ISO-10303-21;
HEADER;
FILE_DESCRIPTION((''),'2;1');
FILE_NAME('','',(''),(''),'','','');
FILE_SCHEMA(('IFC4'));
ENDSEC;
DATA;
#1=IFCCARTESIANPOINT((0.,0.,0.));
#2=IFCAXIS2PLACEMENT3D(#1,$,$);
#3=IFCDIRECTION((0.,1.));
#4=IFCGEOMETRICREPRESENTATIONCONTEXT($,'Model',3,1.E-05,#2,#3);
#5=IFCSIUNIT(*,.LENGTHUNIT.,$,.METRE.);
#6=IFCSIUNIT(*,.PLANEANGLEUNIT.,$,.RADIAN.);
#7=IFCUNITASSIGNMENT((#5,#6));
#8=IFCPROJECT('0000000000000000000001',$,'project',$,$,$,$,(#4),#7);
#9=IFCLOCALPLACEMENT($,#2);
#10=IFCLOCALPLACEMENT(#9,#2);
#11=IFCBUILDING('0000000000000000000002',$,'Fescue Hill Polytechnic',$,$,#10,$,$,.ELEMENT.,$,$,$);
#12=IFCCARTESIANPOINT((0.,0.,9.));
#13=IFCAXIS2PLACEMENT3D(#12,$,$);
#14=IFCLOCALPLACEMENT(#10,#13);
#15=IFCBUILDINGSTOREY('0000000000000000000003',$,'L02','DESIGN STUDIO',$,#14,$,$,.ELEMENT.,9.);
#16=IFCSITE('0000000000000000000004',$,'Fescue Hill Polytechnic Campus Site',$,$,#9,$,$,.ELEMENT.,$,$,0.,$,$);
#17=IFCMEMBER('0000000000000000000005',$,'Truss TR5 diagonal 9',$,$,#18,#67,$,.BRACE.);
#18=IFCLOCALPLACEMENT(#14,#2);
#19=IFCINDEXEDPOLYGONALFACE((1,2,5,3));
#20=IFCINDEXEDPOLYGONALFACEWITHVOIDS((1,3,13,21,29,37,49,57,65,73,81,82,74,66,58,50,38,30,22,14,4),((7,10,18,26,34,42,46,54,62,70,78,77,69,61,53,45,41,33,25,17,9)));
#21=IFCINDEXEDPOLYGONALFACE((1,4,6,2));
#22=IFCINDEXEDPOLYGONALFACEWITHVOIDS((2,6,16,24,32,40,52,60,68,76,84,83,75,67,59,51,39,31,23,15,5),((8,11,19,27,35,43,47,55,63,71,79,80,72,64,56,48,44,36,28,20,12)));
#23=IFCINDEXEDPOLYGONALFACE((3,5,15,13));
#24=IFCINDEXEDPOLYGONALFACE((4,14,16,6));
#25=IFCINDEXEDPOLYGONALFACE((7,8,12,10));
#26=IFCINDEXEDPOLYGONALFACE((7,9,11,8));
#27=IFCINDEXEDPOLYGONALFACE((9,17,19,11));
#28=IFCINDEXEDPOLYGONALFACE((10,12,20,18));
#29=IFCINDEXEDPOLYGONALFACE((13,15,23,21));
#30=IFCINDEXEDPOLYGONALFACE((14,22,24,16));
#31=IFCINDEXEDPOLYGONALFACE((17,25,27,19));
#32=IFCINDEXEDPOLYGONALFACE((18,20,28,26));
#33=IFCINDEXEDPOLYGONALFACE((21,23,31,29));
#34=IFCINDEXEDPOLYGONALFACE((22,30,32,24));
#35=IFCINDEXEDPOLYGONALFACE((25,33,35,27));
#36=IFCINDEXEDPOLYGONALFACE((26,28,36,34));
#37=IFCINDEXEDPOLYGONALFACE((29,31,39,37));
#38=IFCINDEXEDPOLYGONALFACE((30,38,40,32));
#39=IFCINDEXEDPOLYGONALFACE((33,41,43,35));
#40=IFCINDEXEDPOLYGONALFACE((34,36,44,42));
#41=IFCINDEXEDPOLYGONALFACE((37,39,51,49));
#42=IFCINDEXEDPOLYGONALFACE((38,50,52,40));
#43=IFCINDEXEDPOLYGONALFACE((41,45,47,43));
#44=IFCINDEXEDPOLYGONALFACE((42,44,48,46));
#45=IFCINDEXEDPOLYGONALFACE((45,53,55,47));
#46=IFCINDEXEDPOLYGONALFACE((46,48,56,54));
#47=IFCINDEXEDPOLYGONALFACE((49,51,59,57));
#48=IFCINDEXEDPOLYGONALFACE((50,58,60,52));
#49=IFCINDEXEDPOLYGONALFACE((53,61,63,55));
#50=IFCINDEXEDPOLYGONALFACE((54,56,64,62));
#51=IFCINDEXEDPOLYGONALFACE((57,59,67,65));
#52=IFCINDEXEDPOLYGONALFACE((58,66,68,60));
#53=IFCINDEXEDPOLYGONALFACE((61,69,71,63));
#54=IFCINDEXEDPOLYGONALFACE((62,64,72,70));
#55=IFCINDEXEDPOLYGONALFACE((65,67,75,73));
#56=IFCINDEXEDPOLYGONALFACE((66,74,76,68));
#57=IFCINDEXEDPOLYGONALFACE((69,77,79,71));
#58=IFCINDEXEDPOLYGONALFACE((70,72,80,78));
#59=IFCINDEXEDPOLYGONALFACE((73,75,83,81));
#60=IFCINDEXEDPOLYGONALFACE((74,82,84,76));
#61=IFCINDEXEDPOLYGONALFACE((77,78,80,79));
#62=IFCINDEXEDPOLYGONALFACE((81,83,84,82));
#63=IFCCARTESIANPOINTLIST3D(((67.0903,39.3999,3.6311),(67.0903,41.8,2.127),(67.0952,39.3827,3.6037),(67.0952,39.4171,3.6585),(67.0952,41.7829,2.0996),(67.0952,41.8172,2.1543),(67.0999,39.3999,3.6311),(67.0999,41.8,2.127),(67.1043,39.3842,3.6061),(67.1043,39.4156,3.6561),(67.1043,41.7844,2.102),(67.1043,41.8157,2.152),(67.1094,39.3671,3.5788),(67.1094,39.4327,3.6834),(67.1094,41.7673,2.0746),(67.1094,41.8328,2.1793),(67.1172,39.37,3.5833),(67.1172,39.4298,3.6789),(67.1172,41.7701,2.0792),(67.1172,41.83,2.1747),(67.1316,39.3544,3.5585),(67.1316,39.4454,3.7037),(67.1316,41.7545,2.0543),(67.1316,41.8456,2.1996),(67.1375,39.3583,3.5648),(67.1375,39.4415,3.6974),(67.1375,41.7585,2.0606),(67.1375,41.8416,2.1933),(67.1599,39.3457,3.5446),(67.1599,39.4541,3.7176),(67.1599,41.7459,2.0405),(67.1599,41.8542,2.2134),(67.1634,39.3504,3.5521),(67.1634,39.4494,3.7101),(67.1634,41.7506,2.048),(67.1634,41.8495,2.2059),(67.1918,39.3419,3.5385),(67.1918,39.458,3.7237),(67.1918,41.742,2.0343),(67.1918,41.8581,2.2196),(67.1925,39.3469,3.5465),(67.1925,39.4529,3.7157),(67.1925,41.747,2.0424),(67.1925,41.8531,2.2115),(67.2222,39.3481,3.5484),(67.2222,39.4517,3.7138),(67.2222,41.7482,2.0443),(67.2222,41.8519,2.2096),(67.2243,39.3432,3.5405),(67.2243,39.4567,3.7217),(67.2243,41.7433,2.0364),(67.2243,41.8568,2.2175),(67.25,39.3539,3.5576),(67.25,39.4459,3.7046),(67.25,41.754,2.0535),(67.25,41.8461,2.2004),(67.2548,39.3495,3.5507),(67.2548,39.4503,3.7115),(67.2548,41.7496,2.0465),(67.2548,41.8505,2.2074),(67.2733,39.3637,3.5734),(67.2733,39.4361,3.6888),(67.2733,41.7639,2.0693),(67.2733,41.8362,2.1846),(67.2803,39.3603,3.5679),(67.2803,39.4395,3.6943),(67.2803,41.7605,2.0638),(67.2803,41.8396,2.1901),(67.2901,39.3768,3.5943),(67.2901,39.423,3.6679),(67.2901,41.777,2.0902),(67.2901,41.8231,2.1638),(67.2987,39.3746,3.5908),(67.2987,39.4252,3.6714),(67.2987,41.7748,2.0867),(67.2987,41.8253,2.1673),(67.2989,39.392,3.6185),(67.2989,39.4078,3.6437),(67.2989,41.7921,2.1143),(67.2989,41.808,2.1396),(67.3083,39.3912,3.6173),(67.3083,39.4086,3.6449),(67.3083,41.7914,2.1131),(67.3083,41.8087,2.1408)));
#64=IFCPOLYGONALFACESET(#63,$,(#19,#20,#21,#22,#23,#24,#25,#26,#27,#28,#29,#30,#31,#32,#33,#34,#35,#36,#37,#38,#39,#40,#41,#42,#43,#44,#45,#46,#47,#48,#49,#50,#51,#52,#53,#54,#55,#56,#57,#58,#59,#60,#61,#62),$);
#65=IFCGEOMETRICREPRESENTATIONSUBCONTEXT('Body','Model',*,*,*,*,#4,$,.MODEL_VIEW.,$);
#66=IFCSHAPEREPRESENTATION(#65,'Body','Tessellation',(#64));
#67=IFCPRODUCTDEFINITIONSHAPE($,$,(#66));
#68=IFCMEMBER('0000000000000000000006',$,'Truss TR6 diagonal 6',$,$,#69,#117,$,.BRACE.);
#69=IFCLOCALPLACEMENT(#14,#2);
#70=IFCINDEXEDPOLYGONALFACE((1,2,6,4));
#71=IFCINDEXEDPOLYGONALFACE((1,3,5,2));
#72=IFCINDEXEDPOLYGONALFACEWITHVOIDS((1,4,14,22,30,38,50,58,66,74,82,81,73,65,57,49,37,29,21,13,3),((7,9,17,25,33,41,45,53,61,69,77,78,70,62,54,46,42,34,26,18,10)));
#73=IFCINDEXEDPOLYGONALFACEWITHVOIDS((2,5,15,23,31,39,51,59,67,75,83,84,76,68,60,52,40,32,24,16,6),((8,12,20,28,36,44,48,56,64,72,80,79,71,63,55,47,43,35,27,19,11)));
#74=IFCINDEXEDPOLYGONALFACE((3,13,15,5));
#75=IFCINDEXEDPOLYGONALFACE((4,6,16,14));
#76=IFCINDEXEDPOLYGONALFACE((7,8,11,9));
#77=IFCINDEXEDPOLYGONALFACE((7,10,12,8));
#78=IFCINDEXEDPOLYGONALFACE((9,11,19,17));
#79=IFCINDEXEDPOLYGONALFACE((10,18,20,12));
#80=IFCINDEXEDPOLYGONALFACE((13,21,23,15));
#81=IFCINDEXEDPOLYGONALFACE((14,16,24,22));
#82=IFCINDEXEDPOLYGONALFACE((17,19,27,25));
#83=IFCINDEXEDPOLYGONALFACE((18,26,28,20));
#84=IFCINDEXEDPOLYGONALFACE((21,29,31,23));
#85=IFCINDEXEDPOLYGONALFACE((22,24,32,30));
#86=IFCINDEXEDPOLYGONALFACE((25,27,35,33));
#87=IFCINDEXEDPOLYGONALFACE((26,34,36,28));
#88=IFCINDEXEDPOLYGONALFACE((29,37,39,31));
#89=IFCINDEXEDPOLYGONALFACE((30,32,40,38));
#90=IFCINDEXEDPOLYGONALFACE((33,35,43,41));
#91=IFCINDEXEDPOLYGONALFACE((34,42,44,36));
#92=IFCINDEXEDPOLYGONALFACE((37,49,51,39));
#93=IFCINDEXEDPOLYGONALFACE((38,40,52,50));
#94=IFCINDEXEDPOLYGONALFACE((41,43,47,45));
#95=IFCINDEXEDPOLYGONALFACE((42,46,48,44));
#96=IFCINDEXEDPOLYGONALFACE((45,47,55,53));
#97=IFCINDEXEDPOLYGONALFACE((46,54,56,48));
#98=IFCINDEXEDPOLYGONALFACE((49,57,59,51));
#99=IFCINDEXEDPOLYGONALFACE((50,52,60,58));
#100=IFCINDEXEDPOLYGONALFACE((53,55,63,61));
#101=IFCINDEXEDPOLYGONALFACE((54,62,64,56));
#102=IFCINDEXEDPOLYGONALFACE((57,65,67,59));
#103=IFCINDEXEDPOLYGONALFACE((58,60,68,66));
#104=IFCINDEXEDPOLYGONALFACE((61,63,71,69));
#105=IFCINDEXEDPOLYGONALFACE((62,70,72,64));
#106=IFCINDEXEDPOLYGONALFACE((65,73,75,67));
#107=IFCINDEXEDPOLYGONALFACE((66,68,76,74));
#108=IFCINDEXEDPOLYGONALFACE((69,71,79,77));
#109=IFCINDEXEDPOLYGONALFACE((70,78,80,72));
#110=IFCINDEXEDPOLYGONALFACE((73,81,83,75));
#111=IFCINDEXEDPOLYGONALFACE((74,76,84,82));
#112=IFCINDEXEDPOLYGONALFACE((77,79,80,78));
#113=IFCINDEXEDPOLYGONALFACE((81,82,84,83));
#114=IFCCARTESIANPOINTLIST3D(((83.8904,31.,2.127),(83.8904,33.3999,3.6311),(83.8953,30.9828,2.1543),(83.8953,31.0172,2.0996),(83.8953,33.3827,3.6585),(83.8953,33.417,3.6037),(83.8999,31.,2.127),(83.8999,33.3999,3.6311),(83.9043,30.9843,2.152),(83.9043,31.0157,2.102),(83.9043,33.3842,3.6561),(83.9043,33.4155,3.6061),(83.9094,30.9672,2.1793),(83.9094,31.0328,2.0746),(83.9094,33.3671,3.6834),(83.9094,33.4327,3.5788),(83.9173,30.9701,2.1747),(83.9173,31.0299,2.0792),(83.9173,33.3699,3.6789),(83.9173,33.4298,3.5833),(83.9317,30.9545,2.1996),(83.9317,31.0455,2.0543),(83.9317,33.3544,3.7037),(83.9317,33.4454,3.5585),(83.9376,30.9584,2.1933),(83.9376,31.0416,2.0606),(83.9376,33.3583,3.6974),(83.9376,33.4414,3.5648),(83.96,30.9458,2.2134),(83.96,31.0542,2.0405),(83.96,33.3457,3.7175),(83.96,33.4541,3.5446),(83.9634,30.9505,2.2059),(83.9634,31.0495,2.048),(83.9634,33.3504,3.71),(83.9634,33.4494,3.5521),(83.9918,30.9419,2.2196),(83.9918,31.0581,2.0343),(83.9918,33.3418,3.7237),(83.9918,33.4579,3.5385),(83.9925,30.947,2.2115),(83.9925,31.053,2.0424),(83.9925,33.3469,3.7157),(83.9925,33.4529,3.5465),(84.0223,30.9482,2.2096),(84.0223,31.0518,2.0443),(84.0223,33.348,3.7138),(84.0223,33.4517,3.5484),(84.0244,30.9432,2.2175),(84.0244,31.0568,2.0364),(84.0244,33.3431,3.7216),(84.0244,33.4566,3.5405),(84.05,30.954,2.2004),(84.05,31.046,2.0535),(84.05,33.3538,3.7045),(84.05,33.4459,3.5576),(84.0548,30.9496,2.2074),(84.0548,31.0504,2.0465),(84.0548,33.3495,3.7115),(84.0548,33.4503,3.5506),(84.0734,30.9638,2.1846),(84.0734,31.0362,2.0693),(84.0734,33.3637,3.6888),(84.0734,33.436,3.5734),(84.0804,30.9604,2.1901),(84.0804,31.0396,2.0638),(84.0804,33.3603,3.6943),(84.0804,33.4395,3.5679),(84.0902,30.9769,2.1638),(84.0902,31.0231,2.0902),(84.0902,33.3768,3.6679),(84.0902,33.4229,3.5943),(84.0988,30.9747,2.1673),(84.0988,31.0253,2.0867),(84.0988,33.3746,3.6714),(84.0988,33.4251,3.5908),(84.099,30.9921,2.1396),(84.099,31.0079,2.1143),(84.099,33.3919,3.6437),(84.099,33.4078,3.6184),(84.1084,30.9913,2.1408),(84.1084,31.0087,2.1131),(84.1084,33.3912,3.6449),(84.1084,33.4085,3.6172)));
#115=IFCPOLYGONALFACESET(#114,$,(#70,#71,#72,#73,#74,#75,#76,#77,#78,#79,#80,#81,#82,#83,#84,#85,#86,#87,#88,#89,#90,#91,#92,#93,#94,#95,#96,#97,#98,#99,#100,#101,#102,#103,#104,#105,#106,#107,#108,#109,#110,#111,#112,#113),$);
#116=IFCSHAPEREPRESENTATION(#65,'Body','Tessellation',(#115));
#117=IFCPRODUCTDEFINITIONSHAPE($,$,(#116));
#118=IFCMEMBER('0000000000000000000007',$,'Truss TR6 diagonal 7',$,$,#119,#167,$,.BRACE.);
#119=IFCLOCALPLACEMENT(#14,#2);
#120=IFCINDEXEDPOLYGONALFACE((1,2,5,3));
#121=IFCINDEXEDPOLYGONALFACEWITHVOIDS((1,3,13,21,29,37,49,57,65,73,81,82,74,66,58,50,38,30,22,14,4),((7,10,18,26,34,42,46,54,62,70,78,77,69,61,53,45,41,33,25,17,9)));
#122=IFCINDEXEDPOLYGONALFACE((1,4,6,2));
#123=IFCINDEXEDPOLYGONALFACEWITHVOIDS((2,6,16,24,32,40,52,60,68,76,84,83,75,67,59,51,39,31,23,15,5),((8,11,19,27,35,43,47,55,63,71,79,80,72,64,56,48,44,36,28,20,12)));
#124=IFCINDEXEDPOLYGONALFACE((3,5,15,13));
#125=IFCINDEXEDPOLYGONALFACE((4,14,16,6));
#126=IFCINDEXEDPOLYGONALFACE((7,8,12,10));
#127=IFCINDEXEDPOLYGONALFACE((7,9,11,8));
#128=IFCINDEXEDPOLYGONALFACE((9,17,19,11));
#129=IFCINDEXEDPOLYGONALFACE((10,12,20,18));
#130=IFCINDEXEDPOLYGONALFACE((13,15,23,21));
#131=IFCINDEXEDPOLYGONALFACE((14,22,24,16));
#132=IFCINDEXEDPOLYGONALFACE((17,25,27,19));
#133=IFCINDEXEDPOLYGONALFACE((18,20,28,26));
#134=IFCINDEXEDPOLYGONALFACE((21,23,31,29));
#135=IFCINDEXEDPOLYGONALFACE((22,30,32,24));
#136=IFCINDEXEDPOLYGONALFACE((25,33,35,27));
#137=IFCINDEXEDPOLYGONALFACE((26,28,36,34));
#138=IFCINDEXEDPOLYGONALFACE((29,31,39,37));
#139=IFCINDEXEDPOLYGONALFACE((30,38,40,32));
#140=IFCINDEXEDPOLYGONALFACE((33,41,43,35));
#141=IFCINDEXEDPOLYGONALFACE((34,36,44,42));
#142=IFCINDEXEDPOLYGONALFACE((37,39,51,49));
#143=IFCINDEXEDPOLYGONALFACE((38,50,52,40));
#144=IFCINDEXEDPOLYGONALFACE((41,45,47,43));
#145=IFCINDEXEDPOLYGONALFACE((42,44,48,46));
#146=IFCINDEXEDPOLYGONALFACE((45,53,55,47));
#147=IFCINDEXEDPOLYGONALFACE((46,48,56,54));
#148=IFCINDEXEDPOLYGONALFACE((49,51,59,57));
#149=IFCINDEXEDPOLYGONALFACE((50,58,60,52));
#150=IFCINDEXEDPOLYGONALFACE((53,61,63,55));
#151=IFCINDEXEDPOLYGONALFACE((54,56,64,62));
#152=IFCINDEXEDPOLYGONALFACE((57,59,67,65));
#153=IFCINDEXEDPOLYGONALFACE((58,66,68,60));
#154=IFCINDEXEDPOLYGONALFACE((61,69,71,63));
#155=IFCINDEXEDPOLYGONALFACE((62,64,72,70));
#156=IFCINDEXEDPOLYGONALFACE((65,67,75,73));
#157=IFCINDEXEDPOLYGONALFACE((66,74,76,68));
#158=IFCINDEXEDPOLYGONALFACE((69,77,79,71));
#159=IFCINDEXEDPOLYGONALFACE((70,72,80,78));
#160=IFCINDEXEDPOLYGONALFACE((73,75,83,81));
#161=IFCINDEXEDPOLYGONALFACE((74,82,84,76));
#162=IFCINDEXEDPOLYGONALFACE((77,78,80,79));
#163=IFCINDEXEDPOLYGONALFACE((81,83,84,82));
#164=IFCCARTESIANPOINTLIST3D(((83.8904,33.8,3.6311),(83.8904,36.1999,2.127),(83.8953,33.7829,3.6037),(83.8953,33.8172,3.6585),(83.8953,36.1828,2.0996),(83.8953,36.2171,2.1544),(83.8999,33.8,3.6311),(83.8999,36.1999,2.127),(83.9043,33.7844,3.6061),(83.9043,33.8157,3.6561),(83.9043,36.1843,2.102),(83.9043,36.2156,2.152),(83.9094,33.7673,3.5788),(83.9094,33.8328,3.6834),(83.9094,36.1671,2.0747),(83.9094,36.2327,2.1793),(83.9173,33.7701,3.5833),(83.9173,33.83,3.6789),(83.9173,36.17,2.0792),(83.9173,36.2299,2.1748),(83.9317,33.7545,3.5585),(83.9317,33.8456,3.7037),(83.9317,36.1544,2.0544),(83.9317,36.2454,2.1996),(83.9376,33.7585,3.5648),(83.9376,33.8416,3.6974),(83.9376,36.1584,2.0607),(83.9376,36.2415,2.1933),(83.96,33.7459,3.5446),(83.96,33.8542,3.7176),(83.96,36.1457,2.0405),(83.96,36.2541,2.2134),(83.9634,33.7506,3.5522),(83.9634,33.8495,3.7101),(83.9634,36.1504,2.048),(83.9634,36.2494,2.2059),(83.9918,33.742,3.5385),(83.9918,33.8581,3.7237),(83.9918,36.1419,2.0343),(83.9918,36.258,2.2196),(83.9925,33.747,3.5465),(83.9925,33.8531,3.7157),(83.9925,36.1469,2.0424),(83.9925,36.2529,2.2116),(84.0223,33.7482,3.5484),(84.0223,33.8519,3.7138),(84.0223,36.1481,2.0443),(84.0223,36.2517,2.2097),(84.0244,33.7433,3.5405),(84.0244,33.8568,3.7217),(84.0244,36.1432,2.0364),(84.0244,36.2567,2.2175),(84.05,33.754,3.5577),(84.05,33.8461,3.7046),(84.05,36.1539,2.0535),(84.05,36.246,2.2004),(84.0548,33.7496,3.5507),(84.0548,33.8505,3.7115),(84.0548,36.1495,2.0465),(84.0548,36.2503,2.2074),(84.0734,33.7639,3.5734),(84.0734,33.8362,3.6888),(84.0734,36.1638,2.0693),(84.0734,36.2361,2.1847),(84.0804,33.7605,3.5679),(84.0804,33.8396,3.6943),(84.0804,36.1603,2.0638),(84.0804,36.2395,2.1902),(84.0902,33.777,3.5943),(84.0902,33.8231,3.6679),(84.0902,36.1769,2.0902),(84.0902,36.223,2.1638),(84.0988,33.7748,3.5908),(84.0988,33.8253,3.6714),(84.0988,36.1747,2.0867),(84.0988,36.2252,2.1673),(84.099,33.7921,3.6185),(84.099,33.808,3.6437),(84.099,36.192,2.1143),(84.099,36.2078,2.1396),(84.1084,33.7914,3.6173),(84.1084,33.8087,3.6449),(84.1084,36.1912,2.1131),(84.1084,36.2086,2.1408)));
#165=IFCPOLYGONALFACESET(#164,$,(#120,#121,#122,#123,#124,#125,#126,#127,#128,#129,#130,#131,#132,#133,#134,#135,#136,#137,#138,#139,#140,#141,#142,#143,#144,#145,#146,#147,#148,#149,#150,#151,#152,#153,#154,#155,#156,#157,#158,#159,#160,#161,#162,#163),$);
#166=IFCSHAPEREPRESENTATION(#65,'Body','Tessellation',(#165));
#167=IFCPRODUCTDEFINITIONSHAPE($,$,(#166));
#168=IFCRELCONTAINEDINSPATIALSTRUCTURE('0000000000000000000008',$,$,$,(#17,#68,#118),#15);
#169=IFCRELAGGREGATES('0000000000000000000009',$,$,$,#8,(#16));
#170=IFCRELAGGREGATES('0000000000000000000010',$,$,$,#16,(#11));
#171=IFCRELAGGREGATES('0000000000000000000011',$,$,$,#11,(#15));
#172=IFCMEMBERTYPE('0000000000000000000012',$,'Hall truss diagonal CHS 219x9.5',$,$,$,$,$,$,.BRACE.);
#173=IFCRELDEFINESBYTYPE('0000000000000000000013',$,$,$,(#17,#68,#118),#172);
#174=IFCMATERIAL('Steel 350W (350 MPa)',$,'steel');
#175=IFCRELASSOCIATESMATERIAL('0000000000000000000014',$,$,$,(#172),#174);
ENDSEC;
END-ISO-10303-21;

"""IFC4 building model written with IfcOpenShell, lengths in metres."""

from ifc_helpers import new_model, si_unit, direction, frame, origin, origin_2d, place, context, subcontext, project, spatial, hollow_circle, extrude, material, material_profile, profile_set, type_object, element, save


model = new_model("IFC4")

# Units and contexts
model_context = context("Model", 3, precision=1e-05, world=origin(), true_north=direction((0.0, 1.0)))
body_context = subcontext(model_context, "Body", "Model", "MODEL_VIEW")
ifc_project = project(units=[si_unit("LENGTHUNIT", "METRE"), si_unit("PLANEANGLEUNIT", "RADIAN")], contexts=[model_context])

# Site, building, storey
site_placement = place(None, origin())
site = spatial("IfcSite", under=ifc_project, at=site_placement, Name="Fescue Hill Polytechnic Campus Site", CompositionType="ELEMENT", RefElevation=0.0)
building_placement = place(site_placement, origin())
building = spatial("IfcBuilding", under=site, at=building_placement, Name="Fescue Hill Polytechnic", CompositionType="ELEMENT")
storey_placement = place(building_placement, frame((0.0, 0.0, 9.0)))
storey = spatial("IfcBuildingStorey", under=building, at=storey_placement, Name="L02", Description="DESIGN STUDIO", CompositionType="ELEMENT", Elevation=9.0)

# Members
ifc_material = material(Name="Steel 350W (350 MPa)", Category="steel")
ifc_material_profile_1 = material_profile(ifc_material, hollow_circle(Radius=0.1096, WallThickness=0.0095, at=origin_2d()), Name="Hall truss diagonal CHS 219x9.5")
ifc_profile_set_1 = profile_set([ifc_material_profile_1], Name="Steel 350W (350 MPa)")
member_type_1 = type_object("IfcMemberType", Name="Hall truss diagonal CHS 219x9.5", PredefinedType="BRACE", material=ifc_profile_set_1)
member_1_placement = place(storey_placement, frame((67.2, 39.3999, 3.6311), z_axis=(0.0, 0.847354, -0.531029), x_axis=(-1.0, 0.0, 0.0)))
element("IfcMember", 1, at=member_1_placement, inside=storey, type_object=member_type_1, Name="Truss TR5 diagonal 9", PredefinedType="BRACE", context=body_context, shape_type="SweptSolid", body=[
    extrude(hollow_circle(Radius=0.1096, WallThickness=0.0095, at=origin_2d()), origin(), (0.0, 0.0, 1.0), 2.8325),
])
for number, where, z_axis, x_axis, name in (
    (2, (84.0, 31.0, 2.127), (0.0, 0.847329, 0.531068), (-1.0, 0.0, 0.0), "Truss TR6 diagonal 6"),
    (3, (84.0, 33.8, 3.6311), (0.0, 0.847329, -0.531068), (-1.0, 0.0, 0.0), "Truss TR6 diagonal 7"),
):
    element("IfcMember", number, at=place(storey_placement, frame(where, z_axis=z_axis, x_axis=x_axis)), inside=storey, type_object=member_type_1, Name=name, PredefinedType="BRACE", context=body_context, shape_type="SweptSolid", body=[
        extrude(hollow_circle(Radius=0.1096, WallThickness=0.0095, at=origin_2d()), origin(), (0.0, 0.0, 1.0), 2.8323),
    ])

save(model, "model.ifc")
